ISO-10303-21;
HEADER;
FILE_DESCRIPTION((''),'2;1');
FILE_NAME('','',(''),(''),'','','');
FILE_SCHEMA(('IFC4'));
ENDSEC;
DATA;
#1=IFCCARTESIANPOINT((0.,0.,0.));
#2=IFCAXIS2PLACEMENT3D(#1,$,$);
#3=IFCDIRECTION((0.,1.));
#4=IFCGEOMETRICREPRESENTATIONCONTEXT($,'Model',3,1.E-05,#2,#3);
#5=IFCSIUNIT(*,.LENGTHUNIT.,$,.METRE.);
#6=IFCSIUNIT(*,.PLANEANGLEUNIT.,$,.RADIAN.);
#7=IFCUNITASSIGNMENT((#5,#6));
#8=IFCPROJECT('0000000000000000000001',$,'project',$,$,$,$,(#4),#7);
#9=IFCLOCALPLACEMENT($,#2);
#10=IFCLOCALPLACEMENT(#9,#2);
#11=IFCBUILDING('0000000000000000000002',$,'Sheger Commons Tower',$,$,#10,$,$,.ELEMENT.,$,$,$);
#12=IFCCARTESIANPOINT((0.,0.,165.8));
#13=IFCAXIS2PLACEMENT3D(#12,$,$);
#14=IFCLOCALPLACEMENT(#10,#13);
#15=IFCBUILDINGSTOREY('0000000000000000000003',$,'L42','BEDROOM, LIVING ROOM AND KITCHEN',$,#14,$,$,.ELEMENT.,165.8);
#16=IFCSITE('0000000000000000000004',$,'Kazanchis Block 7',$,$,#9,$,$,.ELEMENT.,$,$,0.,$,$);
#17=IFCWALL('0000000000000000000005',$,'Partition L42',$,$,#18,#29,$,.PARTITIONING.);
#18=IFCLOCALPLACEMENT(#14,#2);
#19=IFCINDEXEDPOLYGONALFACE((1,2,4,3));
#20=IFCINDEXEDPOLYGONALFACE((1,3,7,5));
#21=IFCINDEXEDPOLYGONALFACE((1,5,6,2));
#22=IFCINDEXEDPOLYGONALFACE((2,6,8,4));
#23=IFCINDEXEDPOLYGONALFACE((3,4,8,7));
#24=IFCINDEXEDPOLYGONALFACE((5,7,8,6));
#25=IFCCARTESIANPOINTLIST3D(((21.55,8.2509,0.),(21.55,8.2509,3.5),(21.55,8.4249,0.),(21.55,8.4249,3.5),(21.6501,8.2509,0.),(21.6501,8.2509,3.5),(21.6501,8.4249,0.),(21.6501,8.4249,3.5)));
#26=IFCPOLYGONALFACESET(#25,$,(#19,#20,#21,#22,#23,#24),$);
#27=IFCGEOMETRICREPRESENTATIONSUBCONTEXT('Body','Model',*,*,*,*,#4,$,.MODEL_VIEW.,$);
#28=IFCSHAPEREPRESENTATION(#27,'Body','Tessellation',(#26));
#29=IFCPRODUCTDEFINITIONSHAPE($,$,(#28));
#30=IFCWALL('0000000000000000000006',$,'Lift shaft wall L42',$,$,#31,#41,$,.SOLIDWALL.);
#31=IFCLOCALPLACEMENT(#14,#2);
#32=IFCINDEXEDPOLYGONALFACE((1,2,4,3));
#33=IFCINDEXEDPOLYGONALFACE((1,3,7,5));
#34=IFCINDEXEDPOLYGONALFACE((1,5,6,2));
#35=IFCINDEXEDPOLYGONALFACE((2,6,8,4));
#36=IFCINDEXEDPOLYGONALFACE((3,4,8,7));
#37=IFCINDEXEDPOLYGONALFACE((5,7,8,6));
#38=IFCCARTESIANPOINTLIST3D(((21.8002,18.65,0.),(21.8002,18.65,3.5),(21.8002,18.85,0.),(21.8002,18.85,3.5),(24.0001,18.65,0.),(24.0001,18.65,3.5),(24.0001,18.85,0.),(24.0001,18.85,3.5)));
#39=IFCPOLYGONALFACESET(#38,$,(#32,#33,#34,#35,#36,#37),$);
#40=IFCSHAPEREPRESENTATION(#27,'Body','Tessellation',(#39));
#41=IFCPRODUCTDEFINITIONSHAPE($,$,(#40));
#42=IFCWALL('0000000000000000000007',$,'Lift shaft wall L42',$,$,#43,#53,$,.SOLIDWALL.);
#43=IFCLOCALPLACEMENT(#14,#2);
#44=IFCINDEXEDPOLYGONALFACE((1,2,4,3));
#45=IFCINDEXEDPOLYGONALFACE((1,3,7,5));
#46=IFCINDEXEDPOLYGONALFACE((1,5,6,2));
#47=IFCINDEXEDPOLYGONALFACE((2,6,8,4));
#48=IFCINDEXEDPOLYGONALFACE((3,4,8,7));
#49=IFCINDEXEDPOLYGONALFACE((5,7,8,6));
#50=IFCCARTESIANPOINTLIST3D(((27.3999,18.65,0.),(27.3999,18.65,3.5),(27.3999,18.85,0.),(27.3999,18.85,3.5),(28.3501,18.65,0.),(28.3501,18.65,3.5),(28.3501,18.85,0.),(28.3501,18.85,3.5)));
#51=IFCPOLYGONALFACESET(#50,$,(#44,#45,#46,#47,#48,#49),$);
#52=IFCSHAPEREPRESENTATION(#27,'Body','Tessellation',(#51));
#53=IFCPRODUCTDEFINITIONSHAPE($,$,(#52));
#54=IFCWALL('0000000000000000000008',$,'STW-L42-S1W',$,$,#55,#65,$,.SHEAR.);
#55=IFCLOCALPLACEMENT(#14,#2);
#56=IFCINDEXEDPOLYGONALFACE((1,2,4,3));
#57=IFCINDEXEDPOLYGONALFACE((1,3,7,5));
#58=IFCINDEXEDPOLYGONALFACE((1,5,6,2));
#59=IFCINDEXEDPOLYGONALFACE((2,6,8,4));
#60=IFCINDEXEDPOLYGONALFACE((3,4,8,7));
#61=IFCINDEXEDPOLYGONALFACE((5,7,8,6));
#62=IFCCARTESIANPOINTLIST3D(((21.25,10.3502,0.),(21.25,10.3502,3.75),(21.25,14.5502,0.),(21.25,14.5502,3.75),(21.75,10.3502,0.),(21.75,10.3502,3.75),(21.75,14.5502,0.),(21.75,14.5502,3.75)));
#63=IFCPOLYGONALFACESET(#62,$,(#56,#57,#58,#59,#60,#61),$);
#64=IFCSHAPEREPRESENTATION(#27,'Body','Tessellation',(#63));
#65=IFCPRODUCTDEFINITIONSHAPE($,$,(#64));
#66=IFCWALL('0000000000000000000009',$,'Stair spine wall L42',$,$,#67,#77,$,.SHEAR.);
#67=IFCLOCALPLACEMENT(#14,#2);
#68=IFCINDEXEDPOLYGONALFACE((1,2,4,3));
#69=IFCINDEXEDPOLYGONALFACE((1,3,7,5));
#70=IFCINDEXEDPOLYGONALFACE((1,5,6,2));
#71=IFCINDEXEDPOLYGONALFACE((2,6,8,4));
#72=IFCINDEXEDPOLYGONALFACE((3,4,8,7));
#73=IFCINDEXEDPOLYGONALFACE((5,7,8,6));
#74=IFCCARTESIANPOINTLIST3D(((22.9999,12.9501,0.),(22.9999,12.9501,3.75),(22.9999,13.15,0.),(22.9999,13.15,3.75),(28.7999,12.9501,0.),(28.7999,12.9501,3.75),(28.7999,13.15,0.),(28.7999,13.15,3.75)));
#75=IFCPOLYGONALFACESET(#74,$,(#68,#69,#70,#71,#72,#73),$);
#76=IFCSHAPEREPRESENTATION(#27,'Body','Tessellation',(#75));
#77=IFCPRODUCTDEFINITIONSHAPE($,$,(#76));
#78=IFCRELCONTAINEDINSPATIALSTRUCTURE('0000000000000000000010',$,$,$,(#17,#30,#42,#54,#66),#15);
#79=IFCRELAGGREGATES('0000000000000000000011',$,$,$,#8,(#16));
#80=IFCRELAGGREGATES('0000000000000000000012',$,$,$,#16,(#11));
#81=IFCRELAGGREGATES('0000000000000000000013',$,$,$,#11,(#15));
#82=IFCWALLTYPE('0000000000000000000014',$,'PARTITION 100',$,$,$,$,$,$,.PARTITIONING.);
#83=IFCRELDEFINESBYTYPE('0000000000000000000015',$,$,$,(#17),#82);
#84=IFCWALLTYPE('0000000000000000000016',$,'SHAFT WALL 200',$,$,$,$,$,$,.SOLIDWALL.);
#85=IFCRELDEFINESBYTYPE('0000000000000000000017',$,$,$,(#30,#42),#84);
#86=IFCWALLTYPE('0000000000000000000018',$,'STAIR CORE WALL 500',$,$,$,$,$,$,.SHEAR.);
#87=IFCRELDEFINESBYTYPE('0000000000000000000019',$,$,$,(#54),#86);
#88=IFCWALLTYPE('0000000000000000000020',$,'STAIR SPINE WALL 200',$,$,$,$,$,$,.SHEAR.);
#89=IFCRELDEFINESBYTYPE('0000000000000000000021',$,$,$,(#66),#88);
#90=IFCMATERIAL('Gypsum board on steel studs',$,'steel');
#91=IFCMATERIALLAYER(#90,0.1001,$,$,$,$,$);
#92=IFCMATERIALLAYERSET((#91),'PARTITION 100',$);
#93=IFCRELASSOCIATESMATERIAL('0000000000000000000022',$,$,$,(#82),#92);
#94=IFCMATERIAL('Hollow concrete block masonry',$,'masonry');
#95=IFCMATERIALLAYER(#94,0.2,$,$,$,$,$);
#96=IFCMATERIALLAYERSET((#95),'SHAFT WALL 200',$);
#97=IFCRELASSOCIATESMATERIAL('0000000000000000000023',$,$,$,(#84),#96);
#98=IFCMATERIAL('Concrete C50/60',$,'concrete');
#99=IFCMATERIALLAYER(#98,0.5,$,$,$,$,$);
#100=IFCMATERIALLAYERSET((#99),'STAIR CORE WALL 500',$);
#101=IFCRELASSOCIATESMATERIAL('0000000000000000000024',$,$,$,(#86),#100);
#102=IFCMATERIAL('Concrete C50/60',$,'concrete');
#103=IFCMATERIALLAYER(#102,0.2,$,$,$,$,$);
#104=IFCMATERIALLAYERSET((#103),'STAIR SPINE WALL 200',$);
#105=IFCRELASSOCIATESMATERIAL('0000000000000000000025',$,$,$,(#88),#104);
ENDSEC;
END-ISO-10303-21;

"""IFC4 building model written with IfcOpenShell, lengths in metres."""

from ifc_helpers import new_model, si_unit, direction, frame, frame_2d, origin, place, context, subcontext, project, spatial, rectangle, extrude, material, layer, layer_set, type_object, element, save


model = new_model("IFC4")

# Units and contexts
model_context = context("Model", 3, precision=1e-05, world=origin(), true_north=direction((0.0, 1.0)))
body_context = subcontext(model_context, "Body", "Model", "MODEL_VIEW")
ifc_project = project(units=[si_unit("LENGTHUNIT", "METRE"), si_unit("PLANEANGLEUNIT", "RADIAN")], contexts=[model_context])

# Site, building, storey
site_placement = place(None, origin())
site = spatial("IfcSite", under=ifc_project, at=site_placement, Name="Kazanchis Block 7", CompositionType="ELEMENT", RefElevation=0.0)
building_placement = place(site_placement, origin())
building = spatial("IfcBuilding", under=site, at=building_placement, Name="Sheger Commons Tower", CompositionType="ELEMENT")
storey_placement = place(building_placement, frame((0.0, 0.0, 165.8)))
storey = spatial("IfcBuildingStorey", under=building, at=storey_placement, Name="L42", Description="BEDROOM, LIVING ROOM AND KITCHEN", CompositionType="ELEMENT", Elevation=165.8)

# Walls
ifc_material_1 = material(Name="Gypsum board on steel studs", Category="steel")
ifc_layer_1 = layer(ifc_material_1, 0.1001)
ifc_layer_set_1 = layer_set([ifc_layer_1], Name="PARTITION 100")
wall_type_1 = type_object("IfcWallType", Name="PARTITION 100", PredefinedType="PARTITIONING", material=ifc_layer_set_1)
wall_1_placement = place(storey_placement, frame((21.6001, 8.251, 0.0), z_axis=(0.0, 0.0, 1.0), x_axis=(0.0, 1.0, 0.0)))
element("IfcWall", 1, at=wall_1_placement, inside=storey, type_object=wall_type_1, Name="Partition L42", PredefinedType="PARTITIONING", context=body_context, shape_type="SweptSolid", body=[
    extrude(rectangle(XDim=0.1741, YDim=0.1001, at=frame_2d((0.0869, 0.0))), origin(), (0.0, 0.0, 1.0), 3.5),
])
ifc_material_2 = material(Name="Hollow concrete block masonry", Category="masonry")
ifc_layer_2 = layer(ifc_material_2, 0.2)
ifc_layer_set_2 = layer_set([ifc_layer_2], Name="SHAFT WALL 200")
wall_type_2 = type_object("IfcWallType", Name="SHAFT WALL 200", PredefinedType="SOLIDWALL", material=ifc_layer_set_2)
wall_2_placement = place(storey_placement, frame((21.8, 18.75, 0.0), z_axis=(0.0, 0.0, 1.0), x_axis=(1.0, 0.0, 0.0)))
element("IfcWall", 2, at=wall_2_placement, inside=storey, type_object=wall_type_2, Name="Lift shaft wall L42", PredefinedType="SOLIDWALL", context=body_context, shape_type="SweptSolid", body=[
    extrude(rectangle(XDim=2.2, YDim=0.2, at=frame_2d((1.1001, 0.0))), origin(), (0.0, 0.0, 1.0), 3.5),
])
wall_3_placement = place(storey_placement, frame((27.3999, 18.75, 0.0), z_axis=(0.0, 0.0, 1.0), x_axis=(1.0, 0.0, 0.0)))
element("IfcWall", 3, at=wall_3_placement, inside=storey, type_object=wall_type_2, Name="Lift shaft wall L42", PredefinedType="SOLIDWALL", context=body_context, shape_type="SweptSolid", body=[
    extrude(rectangle(XDim=0.9502, YDim=0.2, at=frame_2d((0.4751, 0.0))), origin(), (0.0, 0.0, 1.0), 3.5),
])
ifc_material_3 = material(Name="Concrete C50/60", Category="concrete")
ifc_layer_3 = layer(ifc_material_3, 0.5)
ifc_layer_set_3 = layer_set([ifc_layer_3], Name="STAIR CORE WALL 500")
wall_type_3 = type_object("IfcWallType", Name="STAIR CORE WALL 500", PredefinedType="SHEAR", material=ifc_layer_set_3)
wall_4_placement = place(storey_placement, frame((21.5, 10.3501, 0.0), z_axis=(0.0, 0.0, 1.0), x_axis=(0.0, 1.0, 0.0)))
element("IfcWall", 4, at=wall_4_placement, inside=storey, type_object=wall_type_3, Name="STW-L42-S1W", PredefinedType="SHEAR", context=body_context, shape_type="SweptSolid", body=[
    extrude(rectangle(XDim=4.2, YDim=0.5, at=frame_2d((2.1001, 0.0))), origin(), (0.0, 0.0, 1.0), 3.75),
])
ifc_material_4 = material(Name="Concrete C50/60", Category="concrete")
ifc_layer_4 = layer(ifc_material_4, 0.2)
ifc_layer_set_4 = layer_set([ifc_layer_4], Name="STAIR SPINE WALL 200")
wall_type_4 = type_object("IfcWallType", Name="STAIR SPINE WALL 200", PredefinedType="SHEAR", material=ifc_layer_set_4)
wall_5_placement = place(storey_placement, frame((23.0, 13.05, 0.0), z_axis=(0.0, 0.0, 1.0), x_axis=(1.0, 0.0, 0.0)))
element("IfcWall", 5, at=wall_5_placement, inside=storey, type_object=wall_type_4, Name="Stair spine wall L42", PredefinedType="SHEAR", context=body_context, shape_type="SweptSolid", body=[
    extrude(rectangle(XDim=5.8, YDim=0.2, at=frame_2d((2.8999, 0.0))), origin(), (0.0, 0.0, 1.0), 3.75),
])

save(model, "model.ifc")
